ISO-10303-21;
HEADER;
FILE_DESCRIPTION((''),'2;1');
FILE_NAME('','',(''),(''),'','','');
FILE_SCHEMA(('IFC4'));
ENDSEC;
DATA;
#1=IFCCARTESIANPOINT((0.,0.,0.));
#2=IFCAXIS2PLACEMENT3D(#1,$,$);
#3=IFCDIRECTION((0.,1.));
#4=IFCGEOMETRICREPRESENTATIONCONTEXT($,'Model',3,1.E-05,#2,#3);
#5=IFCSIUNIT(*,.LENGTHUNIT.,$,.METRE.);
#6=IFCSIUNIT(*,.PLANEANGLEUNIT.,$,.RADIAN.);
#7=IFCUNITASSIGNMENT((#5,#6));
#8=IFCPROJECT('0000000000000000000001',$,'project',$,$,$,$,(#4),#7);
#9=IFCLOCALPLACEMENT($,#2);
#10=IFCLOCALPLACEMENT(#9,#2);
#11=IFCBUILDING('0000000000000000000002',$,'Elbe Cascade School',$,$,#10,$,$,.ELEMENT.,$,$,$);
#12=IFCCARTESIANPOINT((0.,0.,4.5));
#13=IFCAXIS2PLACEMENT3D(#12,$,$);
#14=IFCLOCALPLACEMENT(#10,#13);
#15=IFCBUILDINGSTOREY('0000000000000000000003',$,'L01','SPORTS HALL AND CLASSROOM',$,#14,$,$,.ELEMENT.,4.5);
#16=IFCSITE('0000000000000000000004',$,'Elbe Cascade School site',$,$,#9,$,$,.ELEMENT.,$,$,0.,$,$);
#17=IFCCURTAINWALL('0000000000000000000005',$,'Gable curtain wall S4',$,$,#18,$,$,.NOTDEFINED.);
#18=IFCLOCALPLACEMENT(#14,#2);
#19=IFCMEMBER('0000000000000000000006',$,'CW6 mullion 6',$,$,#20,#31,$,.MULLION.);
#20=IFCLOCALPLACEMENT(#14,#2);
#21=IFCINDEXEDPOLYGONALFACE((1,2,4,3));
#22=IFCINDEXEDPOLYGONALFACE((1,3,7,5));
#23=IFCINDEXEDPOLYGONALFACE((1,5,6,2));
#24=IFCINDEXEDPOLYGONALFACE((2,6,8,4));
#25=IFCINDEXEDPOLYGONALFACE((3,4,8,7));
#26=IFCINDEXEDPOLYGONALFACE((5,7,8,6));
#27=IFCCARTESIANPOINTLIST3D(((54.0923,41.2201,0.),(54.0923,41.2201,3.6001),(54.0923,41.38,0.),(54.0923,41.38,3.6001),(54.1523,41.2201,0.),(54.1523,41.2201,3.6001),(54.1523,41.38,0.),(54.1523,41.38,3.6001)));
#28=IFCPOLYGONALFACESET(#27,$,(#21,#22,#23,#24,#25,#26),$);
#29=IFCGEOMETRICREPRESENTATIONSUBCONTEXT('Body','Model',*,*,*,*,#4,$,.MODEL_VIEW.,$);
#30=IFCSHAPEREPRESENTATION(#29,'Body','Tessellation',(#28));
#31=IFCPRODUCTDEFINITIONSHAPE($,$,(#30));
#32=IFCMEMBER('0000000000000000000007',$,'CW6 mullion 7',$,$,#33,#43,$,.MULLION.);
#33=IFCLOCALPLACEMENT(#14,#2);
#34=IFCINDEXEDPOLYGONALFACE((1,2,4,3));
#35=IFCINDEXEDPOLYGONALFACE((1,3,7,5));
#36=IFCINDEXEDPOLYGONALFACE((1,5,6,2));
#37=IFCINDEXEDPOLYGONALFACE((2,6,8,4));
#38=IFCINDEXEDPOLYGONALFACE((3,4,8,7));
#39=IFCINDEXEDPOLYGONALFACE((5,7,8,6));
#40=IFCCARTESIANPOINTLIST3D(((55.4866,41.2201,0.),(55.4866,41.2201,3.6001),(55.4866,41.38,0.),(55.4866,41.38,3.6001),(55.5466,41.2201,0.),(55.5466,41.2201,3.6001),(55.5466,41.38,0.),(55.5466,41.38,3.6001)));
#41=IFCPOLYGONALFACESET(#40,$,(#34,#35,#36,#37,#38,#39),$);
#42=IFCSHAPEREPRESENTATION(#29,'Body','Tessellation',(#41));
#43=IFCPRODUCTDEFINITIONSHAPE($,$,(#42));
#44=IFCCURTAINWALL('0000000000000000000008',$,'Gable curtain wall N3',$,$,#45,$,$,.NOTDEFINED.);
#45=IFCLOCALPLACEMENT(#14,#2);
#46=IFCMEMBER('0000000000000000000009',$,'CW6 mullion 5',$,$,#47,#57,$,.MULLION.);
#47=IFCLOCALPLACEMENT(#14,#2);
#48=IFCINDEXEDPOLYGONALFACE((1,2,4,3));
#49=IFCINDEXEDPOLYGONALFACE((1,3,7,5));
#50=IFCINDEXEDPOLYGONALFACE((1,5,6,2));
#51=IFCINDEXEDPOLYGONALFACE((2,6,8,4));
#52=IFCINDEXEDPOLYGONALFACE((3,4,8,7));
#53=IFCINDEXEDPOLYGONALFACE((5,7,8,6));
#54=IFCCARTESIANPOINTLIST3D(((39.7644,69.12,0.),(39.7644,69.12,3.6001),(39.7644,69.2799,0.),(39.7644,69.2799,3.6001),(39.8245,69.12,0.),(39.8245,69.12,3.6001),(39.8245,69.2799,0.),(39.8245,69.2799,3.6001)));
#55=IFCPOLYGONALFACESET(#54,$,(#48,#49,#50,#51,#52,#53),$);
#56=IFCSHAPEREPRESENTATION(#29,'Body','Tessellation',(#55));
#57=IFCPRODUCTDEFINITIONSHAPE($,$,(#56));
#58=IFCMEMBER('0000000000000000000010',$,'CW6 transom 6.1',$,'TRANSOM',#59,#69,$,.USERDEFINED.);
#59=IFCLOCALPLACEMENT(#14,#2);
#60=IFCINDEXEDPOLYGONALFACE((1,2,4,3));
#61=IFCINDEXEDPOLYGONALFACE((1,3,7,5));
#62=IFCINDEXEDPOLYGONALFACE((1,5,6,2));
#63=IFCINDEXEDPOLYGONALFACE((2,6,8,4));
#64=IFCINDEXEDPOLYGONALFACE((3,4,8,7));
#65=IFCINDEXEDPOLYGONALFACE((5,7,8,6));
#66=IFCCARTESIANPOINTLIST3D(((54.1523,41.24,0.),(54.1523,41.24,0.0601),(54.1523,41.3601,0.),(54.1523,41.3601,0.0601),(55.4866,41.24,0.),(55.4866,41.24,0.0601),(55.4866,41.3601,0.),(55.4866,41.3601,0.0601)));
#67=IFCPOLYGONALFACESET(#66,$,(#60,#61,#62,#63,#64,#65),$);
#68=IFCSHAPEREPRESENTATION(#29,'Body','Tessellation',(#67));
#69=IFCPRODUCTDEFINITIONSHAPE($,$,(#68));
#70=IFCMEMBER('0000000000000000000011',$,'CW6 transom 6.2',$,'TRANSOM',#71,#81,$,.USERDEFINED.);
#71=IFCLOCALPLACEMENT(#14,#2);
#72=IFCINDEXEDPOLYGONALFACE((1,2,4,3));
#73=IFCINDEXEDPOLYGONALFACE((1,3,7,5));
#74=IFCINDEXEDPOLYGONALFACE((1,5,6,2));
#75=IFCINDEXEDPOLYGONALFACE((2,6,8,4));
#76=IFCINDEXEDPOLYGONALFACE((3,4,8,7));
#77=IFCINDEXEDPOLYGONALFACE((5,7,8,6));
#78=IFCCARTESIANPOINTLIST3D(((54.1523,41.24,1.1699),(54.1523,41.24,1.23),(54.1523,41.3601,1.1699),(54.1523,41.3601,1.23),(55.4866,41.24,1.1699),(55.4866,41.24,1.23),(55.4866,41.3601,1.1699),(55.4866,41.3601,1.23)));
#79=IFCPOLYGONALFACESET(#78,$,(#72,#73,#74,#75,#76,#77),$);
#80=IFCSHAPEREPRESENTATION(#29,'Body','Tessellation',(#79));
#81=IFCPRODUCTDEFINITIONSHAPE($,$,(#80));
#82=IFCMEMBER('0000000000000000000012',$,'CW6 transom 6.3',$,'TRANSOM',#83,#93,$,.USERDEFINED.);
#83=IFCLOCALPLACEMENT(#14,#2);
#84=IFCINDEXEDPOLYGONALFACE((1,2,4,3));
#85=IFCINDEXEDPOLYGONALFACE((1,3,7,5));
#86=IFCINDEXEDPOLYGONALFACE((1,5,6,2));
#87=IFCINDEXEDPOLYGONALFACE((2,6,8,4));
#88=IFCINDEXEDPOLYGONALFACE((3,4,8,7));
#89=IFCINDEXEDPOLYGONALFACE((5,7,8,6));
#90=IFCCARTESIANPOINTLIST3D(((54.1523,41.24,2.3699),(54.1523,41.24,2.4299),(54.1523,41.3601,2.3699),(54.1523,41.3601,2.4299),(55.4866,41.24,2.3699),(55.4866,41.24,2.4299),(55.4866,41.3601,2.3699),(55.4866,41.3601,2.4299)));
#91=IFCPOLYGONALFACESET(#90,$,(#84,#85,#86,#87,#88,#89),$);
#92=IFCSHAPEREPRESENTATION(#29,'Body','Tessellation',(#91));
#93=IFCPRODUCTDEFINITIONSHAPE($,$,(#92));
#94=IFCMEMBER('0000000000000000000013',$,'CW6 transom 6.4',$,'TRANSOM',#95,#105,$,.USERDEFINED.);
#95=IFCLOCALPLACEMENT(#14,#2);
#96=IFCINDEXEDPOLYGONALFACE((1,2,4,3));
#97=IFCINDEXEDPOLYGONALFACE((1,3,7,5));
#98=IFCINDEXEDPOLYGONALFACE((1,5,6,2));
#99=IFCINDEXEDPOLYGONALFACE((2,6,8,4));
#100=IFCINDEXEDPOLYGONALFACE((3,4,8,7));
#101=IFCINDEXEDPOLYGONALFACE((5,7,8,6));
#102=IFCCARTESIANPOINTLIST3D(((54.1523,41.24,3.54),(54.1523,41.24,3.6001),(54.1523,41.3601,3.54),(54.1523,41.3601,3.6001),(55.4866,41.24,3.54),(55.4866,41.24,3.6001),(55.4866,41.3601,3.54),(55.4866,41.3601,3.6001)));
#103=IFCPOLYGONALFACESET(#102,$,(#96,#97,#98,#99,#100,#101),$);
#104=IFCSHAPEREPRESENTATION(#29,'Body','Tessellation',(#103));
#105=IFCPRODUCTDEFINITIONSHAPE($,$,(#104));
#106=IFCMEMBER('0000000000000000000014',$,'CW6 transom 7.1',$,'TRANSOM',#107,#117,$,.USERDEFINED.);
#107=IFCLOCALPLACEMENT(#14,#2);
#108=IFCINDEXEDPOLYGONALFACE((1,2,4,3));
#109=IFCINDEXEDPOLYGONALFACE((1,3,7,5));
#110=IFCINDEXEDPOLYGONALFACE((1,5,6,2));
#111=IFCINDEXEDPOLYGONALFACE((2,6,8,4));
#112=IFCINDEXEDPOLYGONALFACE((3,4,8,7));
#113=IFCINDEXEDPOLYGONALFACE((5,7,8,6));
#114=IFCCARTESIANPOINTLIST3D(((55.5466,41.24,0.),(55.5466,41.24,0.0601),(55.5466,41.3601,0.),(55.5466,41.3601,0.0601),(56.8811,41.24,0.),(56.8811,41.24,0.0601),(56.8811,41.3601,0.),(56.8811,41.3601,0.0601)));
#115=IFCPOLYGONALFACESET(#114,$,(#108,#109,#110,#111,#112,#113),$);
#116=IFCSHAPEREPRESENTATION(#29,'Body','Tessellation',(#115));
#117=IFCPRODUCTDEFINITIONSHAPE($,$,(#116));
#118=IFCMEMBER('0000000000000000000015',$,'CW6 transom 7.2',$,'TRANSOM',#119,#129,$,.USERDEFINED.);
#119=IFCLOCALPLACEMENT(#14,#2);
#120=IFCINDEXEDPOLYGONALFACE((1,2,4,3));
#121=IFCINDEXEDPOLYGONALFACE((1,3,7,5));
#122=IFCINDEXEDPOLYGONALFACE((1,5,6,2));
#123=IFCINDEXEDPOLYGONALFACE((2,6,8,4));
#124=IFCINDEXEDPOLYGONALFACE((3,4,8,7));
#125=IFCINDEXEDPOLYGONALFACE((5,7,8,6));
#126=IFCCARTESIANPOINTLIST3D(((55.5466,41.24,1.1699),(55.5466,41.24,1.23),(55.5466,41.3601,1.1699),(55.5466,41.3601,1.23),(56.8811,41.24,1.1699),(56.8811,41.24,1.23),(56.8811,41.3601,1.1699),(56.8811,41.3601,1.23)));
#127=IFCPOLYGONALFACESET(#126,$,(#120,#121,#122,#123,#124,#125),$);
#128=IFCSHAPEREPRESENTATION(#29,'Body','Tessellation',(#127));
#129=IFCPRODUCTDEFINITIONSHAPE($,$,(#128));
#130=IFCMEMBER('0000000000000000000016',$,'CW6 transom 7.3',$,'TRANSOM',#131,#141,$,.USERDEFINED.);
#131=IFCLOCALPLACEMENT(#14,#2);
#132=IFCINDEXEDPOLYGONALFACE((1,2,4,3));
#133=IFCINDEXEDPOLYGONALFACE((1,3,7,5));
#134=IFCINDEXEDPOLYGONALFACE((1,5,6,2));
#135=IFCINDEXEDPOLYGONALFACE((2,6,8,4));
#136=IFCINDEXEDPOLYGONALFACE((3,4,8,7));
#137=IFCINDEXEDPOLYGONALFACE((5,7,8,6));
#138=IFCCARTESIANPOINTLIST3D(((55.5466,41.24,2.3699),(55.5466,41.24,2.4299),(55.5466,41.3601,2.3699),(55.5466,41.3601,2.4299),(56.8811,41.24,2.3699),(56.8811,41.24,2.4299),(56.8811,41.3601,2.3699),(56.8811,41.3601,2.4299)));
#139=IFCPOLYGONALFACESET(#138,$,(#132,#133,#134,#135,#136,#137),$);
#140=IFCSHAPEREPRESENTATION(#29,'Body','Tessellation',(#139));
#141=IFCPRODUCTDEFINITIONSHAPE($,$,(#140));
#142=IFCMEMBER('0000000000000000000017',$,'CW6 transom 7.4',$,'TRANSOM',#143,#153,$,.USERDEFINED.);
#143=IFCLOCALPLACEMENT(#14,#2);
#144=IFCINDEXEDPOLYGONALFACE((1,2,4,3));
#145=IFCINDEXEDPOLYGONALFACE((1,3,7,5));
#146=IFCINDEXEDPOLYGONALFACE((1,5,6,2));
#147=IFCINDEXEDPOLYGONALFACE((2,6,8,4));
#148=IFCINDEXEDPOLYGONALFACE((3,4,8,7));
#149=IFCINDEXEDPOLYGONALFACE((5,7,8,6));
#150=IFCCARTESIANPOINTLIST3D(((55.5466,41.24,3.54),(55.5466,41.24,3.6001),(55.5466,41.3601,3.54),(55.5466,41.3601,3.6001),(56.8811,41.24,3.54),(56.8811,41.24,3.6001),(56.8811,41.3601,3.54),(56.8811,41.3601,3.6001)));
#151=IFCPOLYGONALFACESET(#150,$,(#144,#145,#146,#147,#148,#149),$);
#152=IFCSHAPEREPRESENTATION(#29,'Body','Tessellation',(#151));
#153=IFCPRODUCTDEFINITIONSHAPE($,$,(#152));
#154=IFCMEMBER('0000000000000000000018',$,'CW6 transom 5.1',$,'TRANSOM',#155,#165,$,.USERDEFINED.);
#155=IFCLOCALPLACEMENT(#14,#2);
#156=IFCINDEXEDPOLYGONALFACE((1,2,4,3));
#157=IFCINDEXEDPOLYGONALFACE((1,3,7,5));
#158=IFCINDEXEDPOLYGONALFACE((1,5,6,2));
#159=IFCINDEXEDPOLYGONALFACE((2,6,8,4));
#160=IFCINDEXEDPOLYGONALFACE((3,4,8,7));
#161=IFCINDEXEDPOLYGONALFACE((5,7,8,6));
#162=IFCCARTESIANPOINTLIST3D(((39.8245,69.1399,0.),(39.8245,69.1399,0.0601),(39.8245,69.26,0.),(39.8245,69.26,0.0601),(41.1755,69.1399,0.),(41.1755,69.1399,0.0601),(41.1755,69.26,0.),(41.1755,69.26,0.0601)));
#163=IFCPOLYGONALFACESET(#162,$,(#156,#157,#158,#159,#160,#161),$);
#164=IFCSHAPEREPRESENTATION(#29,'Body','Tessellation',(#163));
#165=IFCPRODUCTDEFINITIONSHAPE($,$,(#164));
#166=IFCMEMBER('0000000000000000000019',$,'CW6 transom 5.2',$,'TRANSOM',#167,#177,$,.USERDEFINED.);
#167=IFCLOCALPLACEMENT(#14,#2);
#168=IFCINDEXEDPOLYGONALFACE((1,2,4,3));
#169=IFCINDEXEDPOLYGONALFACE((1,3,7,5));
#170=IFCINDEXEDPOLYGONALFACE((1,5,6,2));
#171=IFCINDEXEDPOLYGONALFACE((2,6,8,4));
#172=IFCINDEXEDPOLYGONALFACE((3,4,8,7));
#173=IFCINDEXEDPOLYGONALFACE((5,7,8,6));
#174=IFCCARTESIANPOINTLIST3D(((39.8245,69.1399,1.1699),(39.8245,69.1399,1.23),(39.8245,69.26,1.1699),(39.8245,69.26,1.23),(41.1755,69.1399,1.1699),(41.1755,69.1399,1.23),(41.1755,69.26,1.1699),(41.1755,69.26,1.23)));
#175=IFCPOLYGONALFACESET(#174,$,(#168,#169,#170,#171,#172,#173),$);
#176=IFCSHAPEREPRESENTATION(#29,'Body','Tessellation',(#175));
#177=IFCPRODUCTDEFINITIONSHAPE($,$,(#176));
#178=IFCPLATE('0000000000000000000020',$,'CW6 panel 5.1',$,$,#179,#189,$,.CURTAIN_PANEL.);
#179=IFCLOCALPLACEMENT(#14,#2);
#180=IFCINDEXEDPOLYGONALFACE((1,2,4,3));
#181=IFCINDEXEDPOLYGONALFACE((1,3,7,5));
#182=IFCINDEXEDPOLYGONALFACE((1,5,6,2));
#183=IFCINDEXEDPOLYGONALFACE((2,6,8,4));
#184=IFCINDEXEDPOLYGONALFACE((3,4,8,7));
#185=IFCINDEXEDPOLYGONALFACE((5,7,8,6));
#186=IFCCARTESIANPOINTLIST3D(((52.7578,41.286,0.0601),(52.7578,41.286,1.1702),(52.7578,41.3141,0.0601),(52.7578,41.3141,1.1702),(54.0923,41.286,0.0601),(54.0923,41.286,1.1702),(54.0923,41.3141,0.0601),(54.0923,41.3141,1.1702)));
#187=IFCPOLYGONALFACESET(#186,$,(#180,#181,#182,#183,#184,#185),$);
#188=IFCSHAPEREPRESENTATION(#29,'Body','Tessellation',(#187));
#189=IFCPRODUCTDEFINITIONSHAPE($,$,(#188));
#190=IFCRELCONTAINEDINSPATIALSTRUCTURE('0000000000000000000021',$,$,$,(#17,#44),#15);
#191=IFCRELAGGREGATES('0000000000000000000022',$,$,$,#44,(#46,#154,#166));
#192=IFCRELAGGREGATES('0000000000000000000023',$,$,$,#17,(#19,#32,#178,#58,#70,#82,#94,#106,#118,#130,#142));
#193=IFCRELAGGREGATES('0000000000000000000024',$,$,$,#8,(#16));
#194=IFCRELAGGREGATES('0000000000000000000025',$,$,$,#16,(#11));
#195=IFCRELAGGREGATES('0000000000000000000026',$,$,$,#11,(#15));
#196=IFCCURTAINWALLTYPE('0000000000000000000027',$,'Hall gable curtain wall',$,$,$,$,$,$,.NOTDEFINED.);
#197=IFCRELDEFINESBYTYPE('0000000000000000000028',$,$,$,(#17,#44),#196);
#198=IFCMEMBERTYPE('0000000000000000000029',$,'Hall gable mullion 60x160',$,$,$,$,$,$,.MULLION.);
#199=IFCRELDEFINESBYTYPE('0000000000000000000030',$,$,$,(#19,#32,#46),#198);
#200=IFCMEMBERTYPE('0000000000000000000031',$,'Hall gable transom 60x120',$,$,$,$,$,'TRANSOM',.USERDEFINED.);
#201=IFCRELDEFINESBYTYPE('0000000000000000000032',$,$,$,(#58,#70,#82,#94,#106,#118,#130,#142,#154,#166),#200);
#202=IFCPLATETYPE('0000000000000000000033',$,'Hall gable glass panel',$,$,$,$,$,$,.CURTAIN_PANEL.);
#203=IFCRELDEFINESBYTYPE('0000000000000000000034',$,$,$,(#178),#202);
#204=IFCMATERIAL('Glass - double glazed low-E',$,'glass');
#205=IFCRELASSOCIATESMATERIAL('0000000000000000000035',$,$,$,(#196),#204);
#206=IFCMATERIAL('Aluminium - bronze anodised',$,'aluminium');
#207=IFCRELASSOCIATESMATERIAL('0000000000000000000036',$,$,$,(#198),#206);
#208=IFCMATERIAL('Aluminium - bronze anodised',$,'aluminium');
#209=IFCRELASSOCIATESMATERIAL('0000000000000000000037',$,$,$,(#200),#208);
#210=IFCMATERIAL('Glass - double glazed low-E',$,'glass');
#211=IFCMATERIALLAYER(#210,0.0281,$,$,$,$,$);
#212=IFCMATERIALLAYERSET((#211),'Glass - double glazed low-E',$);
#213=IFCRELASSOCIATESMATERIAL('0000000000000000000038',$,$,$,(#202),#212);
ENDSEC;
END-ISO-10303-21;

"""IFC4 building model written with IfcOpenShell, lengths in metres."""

from ifc_helpers import new_model, si_unit, direction, frame, origin, origin_2d, place, context, subcontext, project, spatial, rectangle, extrude, material, layer, layer_set, material_profile, profile_set, type_object, element, aggregate, save


model = new_model("IFC4")

# Units and contexts
model_context = context("Model", 3, precision=1e-05, world=origin(), true_north=direction((0.0, 1.0)))
body_context = subcontext(model_context, "Body", "Model", "MODEL_VIEW")
ifc_project = project(units=[si_unit("LENGTHUNIT", "METRE"), si_unit("PLANEANGLEUNIT", "RADIAN")], contexts=[model_context])

# Site, building, storey
site_placement = place(None, origin())
site = spatial("IfcSite", under=ifc_project, at=site_placement, Name="Elbe Cascade School site", CompositionType="ELEMENT", RefElevation=0.0)
building_placement = place(site_placement, origin())
building = spatial("IfcBuilding", under=site, at=building_placement, Name="Elbe Cascade School", CompositionType="ELEMENT")
storey_placement = place(building_placement, frame((0.0, 0.0, 4.5)))
storey = spatial("IfcBuildingStorey", under=building, at=storey_placement, Name="L01", Description="SPORTS HALL AND CLASSROOM", CompositionType="ELEMENT", Elevation=4.5)

# Curtain wall, members
ifc_material_1 = material(Name="Glass - double glazed low-E", Category="glass")
curtain_wall_type = type_object("IfcCurtainWallType", Name="Hall gable curtain wall", PredefinedType="NOTDEFINED", material=ifc_material_1)
curtain_wall_1_placement = place(storey_placement, origin())
curtain_wall_1 = element("IfcCurtainWall", 1, at=curtain_wall_1_placement, inside=storey, type_object=curtain_wall_type, Name="Gable curtain wall S4", PredefinedType="NOTDEFINED")
ifc_material_2 = material(Name="Aluminium - bronze anodised", Category="aluminium")
ifc_material_profile_1 = material_profile(ifc_material_2, rectangle(XDim=0.1599, YDim=0.0601, at=origin_2d()), Name="Alu 60x160")
ifc_profile_set_1 = profile_set([ifc_material_profile_1], Name="Aluminium - bronze anodised")
member_type_1 = type_object("IfcMemberType", Name="Hall gable mullion 60x160", PredefinedType="MULLION", material=ifc_profile_set_1)
member_1_placement = place(storey_placement, frame((54.1223, 41.3, 0.0), z_axis=(0.0, 0.0, 1.0), x_axis=(0.0, 1.0, 0.0)))
member_1 = element("IfcMember", 2, at=member_1_placement, type_object=member_type_1, Name="CW6 mullion 6", PredefinedType="MULLION", context=body_context, shape_type="SweptSolid", body=[
    extrude(rectangle(XDim=0.1599, YDim=0.0601, at=origin_2d()), origin(), (0.0, 0.0, 1.0), 3.6001),
])
member_2_placement = place(storey_placement, frame((55.5166, 41.3, 0.0), z_axis=(0.0, 0.0, 1.0), x_axis=(0.0, 1.0, 0.0)))
member_2 = element("IfcMember", 3, at=member_2_placement, type_object=member_type_1, Name="CW6 mullion 7", PredefinedType="MULLION", context=body_context, shape_type="SweptSolid", body=[
    extrude(rectangle(XDim=0.1599, YDim=0.0601, at=origin_2d()), origin(), (0.0, 0.0, 1.0), 3.6001),
])

# Curtain wall, member
curtain_wall_2_placement = place(storey_placement, origin())
curtain_wall_2 = element("IfcCurtainWall", 4, at=curtain_wall_2_placement, inside=storey, type_object=curtain_wall_type, Name="Gable curtain wall N3", PredefinedType="NOTDEFINED")
member_3_placement = place(storey_placement, frame((39.7944, 69.2, 0.0), z_axis=(0.0, 0.0, 1.0), x_axis=(0.0, 1.0, 0.0)))
member_3 = element("IfcMember", 5, at=member_3_placement, type_object=member_type_1, Name="CW6 mullion 5", PredefinedType="MULLION", context=body_context, shape_type="SweptSolid", body=[
    extrude(rectangle(XDim=0.1599, YDim=0.0601, at=origin_2d()), origin(), (0.0, 0.0, 1.0), 3.6001),
])

# Members
ifc_material_3 = material(Name="Aluminium - bronze anodised", Category="aluminium")
ifc_material_profile_2 = material_profile(ifc_material_3, rectangle(XDim=0.1201, YDim=0.0601, at=origin_2d()), Name="Alu 60x120")
ifc_profile_set_2 = profile_set([ifc_material_profile_2], Name="Aluminium - bronze anodised")
member_type_2 = type_object("IfcMemberType", Name="Hall gable transom 60x120", ElementType="TRANSOM", PredefinedType="USERDEFINED", material=ifc_profile_set_2)
member_4_placement = place(storey_placement, frame((54.1523, 41.3, 0.03), z_axis=(1.0, 0.0, 0.0), x_axis=(0.0, 1.0, 0.0)))
member_4 = element("IfcMember", 6, at=member_4_placement, type_object=member_type_2, Name="CW6 transom 6.1", ObjectType="TRANSOM", PredefinedType="USERDEFINED", context=body_context, shape_type="SweptSolid", body=[
    extrude(rectangle(XDim=0.1201, YDim=0.0601, at=origin_2d()), origin(), (0.0, 0.0, 1.0), 1.3342),
])
member_5_placement = place(storey_placement, frame((54.1523, 41.3, 1.2), z_axis=(1.0, 0.0, 0.0), x_axis=(0.0, 1.0, 0.0)))
member_5 = element("IfcMember", 7, at=member_5_placement, type_object=member_type_2, Name="CW6 transom 6.2", ObjectType="TRANSOM", PredefinedType="USERDEFINED", context=body_context, shape_type="SweptSolid", body=[
    extrude(rectangle(XDim=0.1201, YDim=0.0601, at=origin_2d()), origin(), (0.0, 0.0, 1.0), 1.3342),
])
member_6_placement = place(storey_placement, frame((54.1523, 41.3, 2.3999), z_axis=(1.0, 0.0, 0.0), x_axis=(0.0, 1.0, 0.0)))
member_6 = element("IfcMember", 8, at=member_6_placement, type_object=member_type_2, Name="CW6 transom 6.3", ObjectType="TRANSOM", PredefinedType="USERDEFINED", context=body_context, shape_type="SweptSolid", body=[
    extrude(rectangle(XDim=0.1201, YDim=0.0601, at=origin_2d()), origin(), (0.0, 0.0, 1.0), 1.3342),
])
member_7_placement = place(storey_placement, frame((54.1523, 41.3, 3.5701), z_axis=(1.0, 0.0, 0.0), x_axis=(0.0, 1.0, 0.0)))
member_7 = element("IfcMember", 9, at=member_7_placement, type_object=member_type_2, Name="CW6 transom 6.4", ObjectType="TRANSOM", PredefinedType="USERDEFINED", context=body_context, shape_type="SweptSolid", body=[
    extrude(rectangle(XDim=0.1201, YDim=0.0601, at=origin_2d()), origin(), (0.0, 0.0, 1.0), 1.3342),
])
member_8_placement = place(storey_placement, frame((55.5466, 41.3, 0.03), z_axis=(1.0, 0.0, 0.0), x_axis=(0.0, 1.0, 0.0)))
member_8 = element("IfcMember", 10, at=member_8_placement, type_object=member_type_2, Name="CW6 transom 7.1", ObjectType="TRANSOM", PredefinedType="USERDEFINED", context=body_context, shape_type="SweptSolid", body=[
    extrude(rectangle(XDim=0.1201, YDim=0.0601, at=origin_2d()), origin(), (0.0, 0.0, 1.0), 1.3345),
])
member_9_placement = place(storey_placement, frame((55.5466, 41.3, 1.2), z_axis=(1.0, 0.0, 0.0), x_axis=(0.0, 1.0, 0.0)))
member_9 = element("IfcMember", 11, at=member_9_placement, type_object=member_type_2, Name="CW6 transom 7.2", ObjectType="TRANSOM", PredefinedType="USERDEFINED", context=body_context, shape_type="SweptSolid", body=[
    extrude(rectangle(XDim=0.1201, YDim=0.0601, at=origin_2d()), origin(), (0.0, 0.0, 1.0), 1.3345),
])
member_10_placement = place(storey_placement, frame((55.5466, 41.3, 2.3999), z_axis=(1.0, 0.0, 0.0), x_axis=(0.0, 1.0, 0.0)))
member_10 = element("IfcMember", 12, at=member_10_placement, type_object=member_type_2, Name="CW6 transom 7.3", ObjectType="TRANSOM", PredefinedType="USERDEFINED", context=body_context, shape_type="SweptSolid", body=[
    extrude(rectangle(XDim=0.1201, YDim=0.0601, at=origin_2d()), origin(), (0.0, 0.0, 1.0), 1.3345),
])
member_11_placement = place(storey_placement, frame((55.5466, 41.3, 3.5701), z_axis=(1.0, 0.0, 0.0), x_axis=(0.0, 1.0, 0.0)))
member_11 = element("IfcMember", 13, at=member_11_placement, type_object=member_type_2, Name="CW6 transom 7.4", ObjectType="TRANSOM", PredefinedType="USERDEFINED", context=body_context, shape_type="SweptSolid", body=[
    extrude(rectangle(XDim=0.1201, YDim=0.0601, at=origin_2d()), origin(), (0.0, 0.0, 1.0), 1.3345),
])
member_12_placement = place(storey_placement, frame((39.8245, 69.2, 0.03), z_axis=(1.0, 0.0, 0.0), x_axis=(0.0, 1.0, 0.0)))
member_12 = element("IfcMember", 14, at=member_12_placement, type_object=member_type_2, Name="CW6 transom 5.1", ObjectType="TRANSOM", PredefinedType="USERDEFINED", context=body_context, shape_type="SweptSolid", body=[
    extrude(rectangle(XDim=0.1201, YDim=0.0601, at=origin_2d()), origin(), (0.0, 0.0, 1.0), 1.3511),
])
member_13_placement = place(storey_placement, frame((39.8245, 69.2, 1.2), z_axis=(1.0, 0.0, 0.0), x_axis=(0.0, 1.0, 0.0)))
member_13 = element("IfcMember", 15, at=member_13_placement, type_object=member_type_2, Name="CW6 transom 5.2", ObjectType="TRANSOM", PredefinedType="USERDEFINED", context=body_context, shape_type="SweptSolid", body=[
    extrude(rectangle(XDim=0.1201, YDim=0.0601, at=origin_2d()), origin(), (0.0, 0.0, 1.0), 1.3511),
])
aggregate(curtain_wall_2, [member_3, member_12, member_13])

# Plate
ifc_material_4 = material(Name="Glass - double glazed low-E", Category="glass")
ifc_layer_1 = layer(ifc_material_4, 0.0281)
ifc_layer_set_1 = layer_set([ifc_layer_1], Name="Glass - double glazed low-E")
plate_type = type_object("IfcPlateType", Name="Hall gable glass panel", PredefinedType="CURTAIN_PANEL", material=ifc_layer_set_1)
plate_1_placement = place(storey_placement, frame((53.425, 41.3, 0.0601), z_axis=(0.0, 0.0, 1.0), x_axis=(1.0, 0.0, 0.0)))
plate_1 = element("IfcPlate", 16, at=plate_1_placement, type_object=plate_type, Name="CW6 panel 5.1", PredefinedType="CURTAIN_PANEL", context=body_context, shape_type="SweptSolid", body=[
    extrude(rectangle(XDim=1.3345, YDim=0.0281, at=origin_2d()), origin(), (0.0, 0.0, 1.0), 1.1101),
])
aggregate(curtain_wall_1, [member_1, member_2, plate_1, member_4, member_5, member_6, member_7, member_8, member_9, member_10, member_11])

save(model, "model.ifc")
